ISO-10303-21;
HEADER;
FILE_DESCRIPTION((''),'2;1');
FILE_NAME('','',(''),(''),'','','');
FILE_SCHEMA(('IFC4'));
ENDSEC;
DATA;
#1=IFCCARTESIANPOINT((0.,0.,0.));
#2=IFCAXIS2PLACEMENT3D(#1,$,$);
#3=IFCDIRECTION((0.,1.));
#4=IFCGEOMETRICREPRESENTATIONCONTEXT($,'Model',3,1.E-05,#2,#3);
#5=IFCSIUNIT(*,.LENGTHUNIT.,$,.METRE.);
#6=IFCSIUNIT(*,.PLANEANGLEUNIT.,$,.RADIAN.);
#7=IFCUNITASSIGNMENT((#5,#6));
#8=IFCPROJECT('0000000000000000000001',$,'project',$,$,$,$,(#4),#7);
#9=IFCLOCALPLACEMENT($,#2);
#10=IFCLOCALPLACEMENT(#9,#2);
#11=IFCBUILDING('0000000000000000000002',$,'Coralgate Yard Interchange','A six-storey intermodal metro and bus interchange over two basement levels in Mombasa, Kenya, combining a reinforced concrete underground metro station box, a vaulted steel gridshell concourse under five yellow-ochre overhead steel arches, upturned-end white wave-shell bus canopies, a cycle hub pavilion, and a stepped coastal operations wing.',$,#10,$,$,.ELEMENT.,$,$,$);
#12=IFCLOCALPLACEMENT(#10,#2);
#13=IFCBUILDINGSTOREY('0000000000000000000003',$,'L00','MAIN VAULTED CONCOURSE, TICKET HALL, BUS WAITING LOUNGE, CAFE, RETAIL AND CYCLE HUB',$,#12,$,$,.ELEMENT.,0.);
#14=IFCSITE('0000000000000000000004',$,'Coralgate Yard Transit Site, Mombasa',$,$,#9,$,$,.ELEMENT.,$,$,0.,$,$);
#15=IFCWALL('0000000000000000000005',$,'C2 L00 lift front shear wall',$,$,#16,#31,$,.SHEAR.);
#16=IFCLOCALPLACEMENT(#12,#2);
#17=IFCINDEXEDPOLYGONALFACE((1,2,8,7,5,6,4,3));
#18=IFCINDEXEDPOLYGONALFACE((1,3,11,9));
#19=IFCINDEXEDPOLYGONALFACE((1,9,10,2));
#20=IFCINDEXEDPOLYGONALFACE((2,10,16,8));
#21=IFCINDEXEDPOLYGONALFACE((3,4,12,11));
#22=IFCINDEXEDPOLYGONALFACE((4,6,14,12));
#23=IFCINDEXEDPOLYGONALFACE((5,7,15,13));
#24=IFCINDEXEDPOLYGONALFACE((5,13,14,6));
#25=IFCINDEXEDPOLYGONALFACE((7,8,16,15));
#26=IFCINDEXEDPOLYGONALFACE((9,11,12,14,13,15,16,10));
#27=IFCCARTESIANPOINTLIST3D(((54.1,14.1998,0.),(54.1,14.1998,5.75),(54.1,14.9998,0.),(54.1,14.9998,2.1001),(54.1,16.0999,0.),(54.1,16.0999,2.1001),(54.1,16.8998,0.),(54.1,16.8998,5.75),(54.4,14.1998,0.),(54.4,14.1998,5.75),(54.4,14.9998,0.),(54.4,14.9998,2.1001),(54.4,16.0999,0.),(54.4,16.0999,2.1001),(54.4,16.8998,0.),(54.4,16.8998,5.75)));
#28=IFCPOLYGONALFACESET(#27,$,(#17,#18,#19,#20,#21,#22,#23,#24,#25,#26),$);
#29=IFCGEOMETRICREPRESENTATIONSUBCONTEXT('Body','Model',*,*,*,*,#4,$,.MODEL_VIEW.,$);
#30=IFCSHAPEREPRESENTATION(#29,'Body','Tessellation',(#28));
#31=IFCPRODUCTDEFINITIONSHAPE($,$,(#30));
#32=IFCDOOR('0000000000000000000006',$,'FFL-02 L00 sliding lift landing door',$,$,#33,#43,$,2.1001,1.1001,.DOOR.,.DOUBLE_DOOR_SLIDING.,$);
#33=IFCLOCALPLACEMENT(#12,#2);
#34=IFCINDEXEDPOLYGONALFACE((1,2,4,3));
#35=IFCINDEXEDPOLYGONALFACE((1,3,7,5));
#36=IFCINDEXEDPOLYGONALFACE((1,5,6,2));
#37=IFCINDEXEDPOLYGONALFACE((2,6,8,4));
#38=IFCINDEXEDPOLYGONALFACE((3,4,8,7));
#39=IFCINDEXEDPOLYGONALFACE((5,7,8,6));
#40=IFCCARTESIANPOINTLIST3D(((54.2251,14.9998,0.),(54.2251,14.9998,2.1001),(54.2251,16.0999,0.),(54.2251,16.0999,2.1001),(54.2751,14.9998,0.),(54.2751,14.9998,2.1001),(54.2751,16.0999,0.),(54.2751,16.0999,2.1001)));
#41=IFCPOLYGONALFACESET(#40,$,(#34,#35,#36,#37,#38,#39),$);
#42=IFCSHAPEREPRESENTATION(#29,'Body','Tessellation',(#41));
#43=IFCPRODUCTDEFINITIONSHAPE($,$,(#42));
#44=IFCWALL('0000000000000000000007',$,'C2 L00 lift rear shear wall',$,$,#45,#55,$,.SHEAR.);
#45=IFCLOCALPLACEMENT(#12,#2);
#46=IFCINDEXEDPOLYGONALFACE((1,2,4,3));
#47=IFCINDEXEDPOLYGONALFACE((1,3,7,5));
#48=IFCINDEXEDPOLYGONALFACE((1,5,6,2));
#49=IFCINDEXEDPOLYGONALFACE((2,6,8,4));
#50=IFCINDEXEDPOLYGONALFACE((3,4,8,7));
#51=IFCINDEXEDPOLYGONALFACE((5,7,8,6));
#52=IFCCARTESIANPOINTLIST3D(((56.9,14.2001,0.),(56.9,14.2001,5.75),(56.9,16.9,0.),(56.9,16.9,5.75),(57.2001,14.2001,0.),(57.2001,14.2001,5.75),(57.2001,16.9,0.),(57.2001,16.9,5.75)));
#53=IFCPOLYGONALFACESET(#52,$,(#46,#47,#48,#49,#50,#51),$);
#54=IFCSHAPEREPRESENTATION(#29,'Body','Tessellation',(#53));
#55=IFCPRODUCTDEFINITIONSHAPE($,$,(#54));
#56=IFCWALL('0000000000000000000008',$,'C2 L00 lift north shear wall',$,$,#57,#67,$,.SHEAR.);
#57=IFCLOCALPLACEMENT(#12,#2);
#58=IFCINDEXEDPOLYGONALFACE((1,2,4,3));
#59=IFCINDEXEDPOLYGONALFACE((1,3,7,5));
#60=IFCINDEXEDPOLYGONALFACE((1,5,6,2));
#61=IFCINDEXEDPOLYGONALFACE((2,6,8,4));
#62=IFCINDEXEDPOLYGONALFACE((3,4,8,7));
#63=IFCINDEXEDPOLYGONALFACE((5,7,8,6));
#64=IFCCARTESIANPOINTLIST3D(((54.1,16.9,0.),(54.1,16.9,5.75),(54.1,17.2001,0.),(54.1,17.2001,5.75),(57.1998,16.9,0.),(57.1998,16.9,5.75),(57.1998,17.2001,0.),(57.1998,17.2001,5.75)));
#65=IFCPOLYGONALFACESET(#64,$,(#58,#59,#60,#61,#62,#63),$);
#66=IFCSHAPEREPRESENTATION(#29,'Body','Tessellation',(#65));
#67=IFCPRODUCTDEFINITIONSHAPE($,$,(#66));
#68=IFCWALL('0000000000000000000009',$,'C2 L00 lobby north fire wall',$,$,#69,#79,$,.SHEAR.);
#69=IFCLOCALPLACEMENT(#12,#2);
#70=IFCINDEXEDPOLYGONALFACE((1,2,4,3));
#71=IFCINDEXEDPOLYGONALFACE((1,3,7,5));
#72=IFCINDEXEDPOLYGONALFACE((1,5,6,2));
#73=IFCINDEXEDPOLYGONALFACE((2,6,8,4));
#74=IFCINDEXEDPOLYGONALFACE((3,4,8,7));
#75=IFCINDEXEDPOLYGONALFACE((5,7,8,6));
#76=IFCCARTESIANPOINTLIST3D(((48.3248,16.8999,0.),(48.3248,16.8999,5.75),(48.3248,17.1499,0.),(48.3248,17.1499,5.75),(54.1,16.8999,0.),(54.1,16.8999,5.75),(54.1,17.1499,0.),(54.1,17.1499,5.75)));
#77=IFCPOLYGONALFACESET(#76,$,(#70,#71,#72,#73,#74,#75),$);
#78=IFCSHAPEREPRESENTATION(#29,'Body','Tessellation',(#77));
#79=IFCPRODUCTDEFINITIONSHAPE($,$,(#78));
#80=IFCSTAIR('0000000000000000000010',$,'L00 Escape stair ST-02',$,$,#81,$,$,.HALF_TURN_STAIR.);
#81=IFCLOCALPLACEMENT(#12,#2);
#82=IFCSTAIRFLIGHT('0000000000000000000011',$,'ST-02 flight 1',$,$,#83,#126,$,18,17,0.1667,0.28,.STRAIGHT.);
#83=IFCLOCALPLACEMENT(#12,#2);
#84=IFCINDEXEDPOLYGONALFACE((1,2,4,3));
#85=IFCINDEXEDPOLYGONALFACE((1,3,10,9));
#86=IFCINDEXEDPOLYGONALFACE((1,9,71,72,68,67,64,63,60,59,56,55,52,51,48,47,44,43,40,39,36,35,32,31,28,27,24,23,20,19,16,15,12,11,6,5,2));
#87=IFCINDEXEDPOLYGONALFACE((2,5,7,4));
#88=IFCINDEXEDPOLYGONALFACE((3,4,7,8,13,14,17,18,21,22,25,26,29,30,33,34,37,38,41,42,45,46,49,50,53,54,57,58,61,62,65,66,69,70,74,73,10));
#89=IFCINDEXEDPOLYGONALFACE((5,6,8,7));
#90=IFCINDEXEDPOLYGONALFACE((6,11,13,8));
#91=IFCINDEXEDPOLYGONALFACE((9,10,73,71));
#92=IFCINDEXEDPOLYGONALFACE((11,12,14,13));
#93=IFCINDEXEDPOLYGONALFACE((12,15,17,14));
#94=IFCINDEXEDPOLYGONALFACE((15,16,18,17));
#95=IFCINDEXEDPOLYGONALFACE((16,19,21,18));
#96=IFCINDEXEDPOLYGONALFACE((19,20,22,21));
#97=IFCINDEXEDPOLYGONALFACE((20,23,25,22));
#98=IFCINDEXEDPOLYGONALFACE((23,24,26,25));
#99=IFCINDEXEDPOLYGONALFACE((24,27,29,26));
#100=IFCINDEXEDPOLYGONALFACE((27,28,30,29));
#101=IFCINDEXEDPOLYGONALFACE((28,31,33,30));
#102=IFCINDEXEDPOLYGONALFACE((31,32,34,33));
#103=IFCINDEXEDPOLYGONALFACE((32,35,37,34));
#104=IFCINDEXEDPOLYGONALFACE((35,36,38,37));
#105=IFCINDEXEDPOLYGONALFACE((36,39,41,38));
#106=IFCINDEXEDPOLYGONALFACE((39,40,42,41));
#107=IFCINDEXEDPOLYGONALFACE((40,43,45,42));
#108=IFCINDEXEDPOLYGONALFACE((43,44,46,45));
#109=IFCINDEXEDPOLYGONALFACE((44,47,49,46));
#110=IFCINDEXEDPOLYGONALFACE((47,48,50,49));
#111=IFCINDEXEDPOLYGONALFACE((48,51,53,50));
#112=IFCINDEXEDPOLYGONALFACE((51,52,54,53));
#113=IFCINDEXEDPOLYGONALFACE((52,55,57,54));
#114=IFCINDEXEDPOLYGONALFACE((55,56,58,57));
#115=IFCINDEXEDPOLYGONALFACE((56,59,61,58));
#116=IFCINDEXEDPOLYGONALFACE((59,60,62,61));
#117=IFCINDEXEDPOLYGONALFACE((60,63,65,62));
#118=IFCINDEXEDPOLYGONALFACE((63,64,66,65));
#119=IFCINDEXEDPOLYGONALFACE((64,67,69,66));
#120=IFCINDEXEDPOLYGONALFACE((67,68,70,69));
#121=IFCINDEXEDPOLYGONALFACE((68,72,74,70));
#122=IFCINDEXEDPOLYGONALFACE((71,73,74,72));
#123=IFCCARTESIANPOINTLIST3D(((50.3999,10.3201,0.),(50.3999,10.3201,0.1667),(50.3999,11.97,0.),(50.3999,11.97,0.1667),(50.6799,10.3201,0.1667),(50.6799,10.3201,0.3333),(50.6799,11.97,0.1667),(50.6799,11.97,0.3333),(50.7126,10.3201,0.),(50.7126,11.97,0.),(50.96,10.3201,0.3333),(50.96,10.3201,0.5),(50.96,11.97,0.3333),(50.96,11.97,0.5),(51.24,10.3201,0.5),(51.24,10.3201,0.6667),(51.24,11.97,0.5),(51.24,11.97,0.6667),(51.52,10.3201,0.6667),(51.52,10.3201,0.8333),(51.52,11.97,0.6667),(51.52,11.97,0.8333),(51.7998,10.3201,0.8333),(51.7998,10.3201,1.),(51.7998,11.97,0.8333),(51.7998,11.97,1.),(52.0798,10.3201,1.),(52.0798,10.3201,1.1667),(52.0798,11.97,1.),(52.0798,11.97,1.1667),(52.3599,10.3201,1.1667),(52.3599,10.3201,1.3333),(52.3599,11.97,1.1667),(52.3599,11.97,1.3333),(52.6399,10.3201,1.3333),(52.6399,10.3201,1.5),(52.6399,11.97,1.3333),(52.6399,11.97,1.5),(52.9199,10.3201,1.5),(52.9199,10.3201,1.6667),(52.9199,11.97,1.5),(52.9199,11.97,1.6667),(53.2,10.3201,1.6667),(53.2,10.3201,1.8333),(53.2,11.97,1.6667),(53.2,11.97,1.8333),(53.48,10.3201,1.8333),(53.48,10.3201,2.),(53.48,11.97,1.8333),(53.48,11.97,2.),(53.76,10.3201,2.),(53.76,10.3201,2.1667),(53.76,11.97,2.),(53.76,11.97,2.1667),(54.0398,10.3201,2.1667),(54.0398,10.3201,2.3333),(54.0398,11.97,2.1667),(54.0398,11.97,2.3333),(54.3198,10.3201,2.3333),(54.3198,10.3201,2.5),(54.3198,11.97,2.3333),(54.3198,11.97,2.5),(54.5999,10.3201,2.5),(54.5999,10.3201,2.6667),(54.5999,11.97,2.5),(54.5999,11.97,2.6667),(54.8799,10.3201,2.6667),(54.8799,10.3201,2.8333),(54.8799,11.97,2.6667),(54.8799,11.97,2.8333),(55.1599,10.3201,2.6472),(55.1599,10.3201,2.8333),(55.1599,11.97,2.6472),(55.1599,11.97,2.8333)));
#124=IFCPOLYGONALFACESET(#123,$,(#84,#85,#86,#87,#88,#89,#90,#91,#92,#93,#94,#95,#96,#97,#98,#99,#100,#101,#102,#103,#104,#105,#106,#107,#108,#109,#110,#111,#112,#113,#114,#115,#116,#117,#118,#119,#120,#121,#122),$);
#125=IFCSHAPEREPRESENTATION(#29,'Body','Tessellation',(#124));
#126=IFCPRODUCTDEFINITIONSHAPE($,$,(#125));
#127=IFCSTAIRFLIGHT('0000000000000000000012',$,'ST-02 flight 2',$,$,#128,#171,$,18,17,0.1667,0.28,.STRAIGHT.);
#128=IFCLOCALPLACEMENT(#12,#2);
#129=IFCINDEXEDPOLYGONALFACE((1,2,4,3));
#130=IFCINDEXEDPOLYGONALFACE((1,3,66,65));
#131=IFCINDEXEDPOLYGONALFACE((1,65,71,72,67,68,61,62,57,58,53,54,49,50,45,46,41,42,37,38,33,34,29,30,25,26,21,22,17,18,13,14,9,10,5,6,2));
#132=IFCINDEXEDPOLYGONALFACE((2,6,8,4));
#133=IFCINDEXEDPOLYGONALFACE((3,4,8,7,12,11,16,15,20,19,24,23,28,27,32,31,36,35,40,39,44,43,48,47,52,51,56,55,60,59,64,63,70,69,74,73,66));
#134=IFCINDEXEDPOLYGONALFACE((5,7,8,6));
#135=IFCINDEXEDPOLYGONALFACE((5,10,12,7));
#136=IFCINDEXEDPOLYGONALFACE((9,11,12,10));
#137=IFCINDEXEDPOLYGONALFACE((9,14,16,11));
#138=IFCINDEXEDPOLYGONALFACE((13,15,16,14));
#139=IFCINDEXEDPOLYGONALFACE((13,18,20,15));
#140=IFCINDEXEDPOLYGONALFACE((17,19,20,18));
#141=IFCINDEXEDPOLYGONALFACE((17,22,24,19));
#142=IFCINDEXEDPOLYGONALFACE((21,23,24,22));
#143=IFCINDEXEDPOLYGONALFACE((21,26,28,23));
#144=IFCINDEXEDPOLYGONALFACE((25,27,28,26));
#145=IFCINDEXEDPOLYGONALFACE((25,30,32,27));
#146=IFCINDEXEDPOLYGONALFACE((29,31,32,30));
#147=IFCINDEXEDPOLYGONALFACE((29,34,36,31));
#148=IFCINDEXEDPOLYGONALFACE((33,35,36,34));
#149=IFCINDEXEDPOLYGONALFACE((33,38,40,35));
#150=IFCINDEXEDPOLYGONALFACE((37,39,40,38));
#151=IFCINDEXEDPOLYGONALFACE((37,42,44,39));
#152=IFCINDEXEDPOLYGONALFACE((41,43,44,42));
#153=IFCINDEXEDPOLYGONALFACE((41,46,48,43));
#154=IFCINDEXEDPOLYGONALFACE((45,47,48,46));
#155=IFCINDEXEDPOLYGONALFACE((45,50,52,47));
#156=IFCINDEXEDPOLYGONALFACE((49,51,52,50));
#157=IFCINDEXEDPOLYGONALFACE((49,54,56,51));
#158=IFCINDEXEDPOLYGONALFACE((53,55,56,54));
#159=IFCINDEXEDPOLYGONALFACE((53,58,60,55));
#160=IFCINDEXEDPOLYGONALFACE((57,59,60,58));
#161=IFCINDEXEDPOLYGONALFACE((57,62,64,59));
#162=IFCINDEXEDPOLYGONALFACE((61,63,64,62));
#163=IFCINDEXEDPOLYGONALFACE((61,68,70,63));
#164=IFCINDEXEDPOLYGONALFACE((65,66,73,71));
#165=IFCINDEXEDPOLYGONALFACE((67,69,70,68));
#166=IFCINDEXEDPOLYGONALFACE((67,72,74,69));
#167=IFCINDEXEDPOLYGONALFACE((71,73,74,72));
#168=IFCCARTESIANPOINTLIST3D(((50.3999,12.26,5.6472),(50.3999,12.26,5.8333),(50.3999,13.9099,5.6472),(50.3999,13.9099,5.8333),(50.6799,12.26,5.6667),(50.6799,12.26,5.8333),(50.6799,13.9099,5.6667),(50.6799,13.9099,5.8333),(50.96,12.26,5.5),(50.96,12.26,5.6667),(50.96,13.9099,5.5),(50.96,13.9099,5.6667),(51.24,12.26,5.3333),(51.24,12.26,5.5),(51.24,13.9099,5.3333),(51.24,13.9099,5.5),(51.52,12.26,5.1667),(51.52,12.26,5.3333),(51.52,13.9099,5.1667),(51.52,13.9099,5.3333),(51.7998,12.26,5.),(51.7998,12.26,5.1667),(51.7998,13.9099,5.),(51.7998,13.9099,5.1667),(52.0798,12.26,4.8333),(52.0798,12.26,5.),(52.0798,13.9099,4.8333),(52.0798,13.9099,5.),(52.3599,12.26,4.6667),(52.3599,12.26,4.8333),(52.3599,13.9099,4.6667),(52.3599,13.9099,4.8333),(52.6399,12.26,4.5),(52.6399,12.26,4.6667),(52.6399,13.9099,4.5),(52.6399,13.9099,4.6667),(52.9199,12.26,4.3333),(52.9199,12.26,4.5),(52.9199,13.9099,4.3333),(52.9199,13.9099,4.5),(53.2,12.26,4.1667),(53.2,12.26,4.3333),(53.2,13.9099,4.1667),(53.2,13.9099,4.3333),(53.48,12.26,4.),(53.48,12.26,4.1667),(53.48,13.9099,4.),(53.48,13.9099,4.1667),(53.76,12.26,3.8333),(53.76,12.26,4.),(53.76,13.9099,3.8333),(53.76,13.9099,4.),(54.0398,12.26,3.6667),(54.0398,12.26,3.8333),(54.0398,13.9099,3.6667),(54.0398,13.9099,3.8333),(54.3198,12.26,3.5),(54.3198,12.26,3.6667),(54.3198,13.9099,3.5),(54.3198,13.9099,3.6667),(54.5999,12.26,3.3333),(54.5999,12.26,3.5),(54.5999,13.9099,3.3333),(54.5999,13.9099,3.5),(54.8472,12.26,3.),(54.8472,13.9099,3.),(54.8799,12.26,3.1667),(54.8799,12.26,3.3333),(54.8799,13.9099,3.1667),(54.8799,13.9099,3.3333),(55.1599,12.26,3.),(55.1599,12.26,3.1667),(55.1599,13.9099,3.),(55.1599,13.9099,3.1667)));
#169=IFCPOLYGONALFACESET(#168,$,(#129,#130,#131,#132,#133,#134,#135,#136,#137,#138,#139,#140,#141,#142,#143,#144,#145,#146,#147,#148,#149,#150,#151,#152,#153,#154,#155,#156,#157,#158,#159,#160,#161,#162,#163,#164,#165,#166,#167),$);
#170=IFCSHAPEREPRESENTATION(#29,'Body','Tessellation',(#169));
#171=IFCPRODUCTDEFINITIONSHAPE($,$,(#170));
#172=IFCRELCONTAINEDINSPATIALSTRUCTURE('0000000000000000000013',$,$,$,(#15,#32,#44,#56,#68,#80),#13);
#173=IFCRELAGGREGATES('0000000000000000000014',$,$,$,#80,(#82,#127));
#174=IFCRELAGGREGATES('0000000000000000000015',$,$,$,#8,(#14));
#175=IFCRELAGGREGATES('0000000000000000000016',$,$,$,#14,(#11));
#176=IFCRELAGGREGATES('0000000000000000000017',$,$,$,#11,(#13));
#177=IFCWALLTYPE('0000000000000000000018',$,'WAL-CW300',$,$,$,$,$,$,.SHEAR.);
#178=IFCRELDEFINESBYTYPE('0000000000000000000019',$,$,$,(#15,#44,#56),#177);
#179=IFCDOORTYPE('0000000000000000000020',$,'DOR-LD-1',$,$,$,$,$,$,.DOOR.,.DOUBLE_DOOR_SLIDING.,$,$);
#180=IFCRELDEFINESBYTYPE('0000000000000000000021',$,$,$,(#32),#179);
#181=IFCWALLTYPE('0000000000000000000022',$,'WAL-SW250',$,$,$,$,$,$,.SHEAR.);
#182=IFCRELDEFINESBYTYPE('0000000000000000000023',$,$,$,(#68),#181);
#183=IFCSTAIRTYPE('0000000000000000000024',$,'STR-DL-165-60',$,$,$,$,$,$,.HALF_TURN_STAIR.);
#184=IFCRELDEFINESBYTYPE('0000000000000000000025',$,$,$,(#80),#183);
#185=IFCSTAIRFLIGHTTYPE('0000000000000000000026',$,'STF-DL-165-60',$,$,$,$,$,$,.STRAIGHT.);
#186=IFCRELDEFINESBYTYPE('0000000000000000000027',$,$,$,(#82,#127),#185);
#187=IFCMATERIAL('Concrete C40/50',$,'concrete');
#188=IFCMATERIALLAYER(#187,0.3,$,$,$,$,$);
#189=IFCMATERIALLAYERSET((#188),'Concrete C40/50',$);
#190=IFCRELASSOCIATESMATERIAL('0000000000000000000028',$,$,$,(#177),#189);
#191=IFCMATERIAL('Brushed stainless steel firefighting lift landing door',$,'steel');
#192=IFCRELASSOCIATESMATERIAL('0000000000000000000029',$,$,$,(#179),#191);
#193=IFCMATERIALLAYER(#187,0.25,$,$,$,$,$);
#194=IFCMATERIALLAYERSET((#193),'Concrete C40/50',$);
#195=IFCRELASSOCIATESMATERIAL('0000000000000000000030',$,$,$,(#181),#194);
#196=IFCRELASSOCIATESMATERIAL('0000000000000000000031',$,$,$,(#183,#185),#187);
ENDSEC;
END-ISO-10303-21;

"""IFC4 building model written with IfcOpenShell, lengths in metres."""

from ifc_helpers import new_model, si_unit, direction, frame, frame_2d, origin, place, context, subcontext, project, spatial, polyline, rectangle, outline, extrude, material, layer, layer_set, type_object, element, fill, aggregate, save


model = new_model("IFC4")

# Units and contexts
model_context = context("Model", 3, precision=1e-05, world=origin(), true_north=direction((0.0, 1.0)))
body_context = subcontext(model_context, "Body", "Model", "MODEL_VIEW")
ifc_project = project(units=[si_unit("LENGTHUNIT", "METRE"), si_unit("PLANEANGLEUNIT", "RADIAN")], contexts=[model_context])

# Site, building, storey
site_placement = place(None, origin())
site = spatial("IfcSite", under=ifc_project, at=site_placement, Name="Coralgate Yard Transit Site, Mombasa", CompositionType="ELEMENT", RefElevation=0.0)
building_placement = place(site_placement, origin())
building = spatial("IfcBuilding", under=site, at=building_placement, Name="Coralgate Yard Interchange", Description="A six-storey intermodal metro and bus interchange over two basement levels in Mombasa, Kenya, combining a reinforced concrete underground metro station box, a vaulted steel gridshell concourse under five yellow-ochre overhead steel arches, upturned-end white wave-shell bus canopies, a cycle hub pavilion, and a stepped coastal operations wing.", CompositionType="ELEMENT")
storey_placement = place(building_placement, origin())
storey = spatial("IfcBuildingStorey", under=building, at=storey_placement, Name="L00", Description="MAIN VAULTED CONCOURSE, TICKET HALL, BUS WAITING LOUNGE, CAFE, RETAIL AND CYCLE HUB", CompositionType="ELEMENT", Elevation=0.0)

# Shared definitions
ifc_material_1 = material(Name="Concrete C40/50", Category="concrete")

# Shared definitions
ifc_layer_1 = layer(ifc_material_1, 0.3)
ifc_layer_set_1 = layer_set([ifc_layer_1], Name="Concrete C40/50")
wall_type_1 = type_object("IfcWallType", Name="WAL-CW300", PredefinedType="SHEAR", material=ifc_layer_set_1)

# Wall, opening, door
wall_1_placement = place(storey_placement, frame((54.25, 16.8999, 0.0), z_axis=(0.0, 0.0, 1.0), x_axis=(0.0, -1.0, 0.0)))
wall_1 = element("IfcWall", 1, at=wall_1_placement, inside=storey, type_object=wall_type_1, Name="C2 L00 lift front shear wall", PredefinedType="SHEAR", context=body_context, shape_type="SweptSolid", body=[
    extrude(rectangle(XDim=2.7, YDim=0.3, at=frame_2d((1.3501, 0.0))), origin(), (0.0, 0.0, 1.0), 5.75),
])
opening_1_placement = place(wall_1_placement, frame((0.8, 0.0, 0.0)))
opening_1 = element("IfcOpeningElement", 2, at=opening_1_placement, cuts=wall_1, PredefinedType="OPENING", context=body_context, shape_type="SweptSolid", body=[
    extrude(rectangle(XDim=1.1001, YDim=2.1001, at=frame_2d((0.55, 1.05))), frame((0.0, 0.1599, 0.0), z_axis=(0.0, -1.0, 0.0), x_axis=(1.0, 0.0, 0.0)), (0.0, 0.0, 1.0), 0.3201),
])
ifc_material_2 = material(Name="Brushed stainless steel firefighting lift landing door", Category="steel")
door_type_1 = type_object("IfcDoorType", Name="DOR-LD-1", OperationType="DOUBLE_DOOR_SLIDING", PredefinedType="DOOR", material=ifc_material_2)
door_1_placement = place(opening_1_placement, frame((1.1001, 0.0, 0.0), z_axis=(0.0, 0.0, 1.0), x_axis=(-1.0, 0.0, 0.0)))
door_1 = element("IfcDoor", 3, at=door_1_placement, inside=storey, type_object=door_type_1, Name="FFL-02 L00 sliding lift landing door", OperationType="DOUBLE_DOOR_SLIDING", OverallHeight=2.1001, OverallWidth=1.1001, PredefinedType="DOOR", context=body_context, shape_type="SweptSolid", body=[
    extrude(rectangle(XDim=1.1001, YDim=2.1001, at=frame_2d((0.55, 1.05))), frame((0.0, 0.0249, 0.0), z_axis=(0.0, -1.0, 0.0), x_axis=(1.0, 0.0, 0.0)), (0.0, 0.0, 1.0), 0.05),
])
fill(opening_1, door_1)

# Walls
wall_2_placement = place(storey_placement, frame((57.05, 14.2, 0.0), z_axis=(0.0, 0.0, 1.0), x_axis=(0.0, 1.0, 0.0)))
element("IfcWall", 4, at=wall_2_placement, inside=storey, type_object=wall_type_1, Name="C2 L00 lift rear shear wall", PredefinedType="SHEAR", context=body_context, shape_type="SweptSolid", body=[
    extrude(rectangle(XDim=2.7, YDim=0.3, at=frame_2d((1.3501, 0.0))), origin(), (0.0, 0.0, 1.0), 5.75),
])
wall_3_placement = place(storey_placement, frame((54.1001, 17.05, 0.0), z_axis=(0.0, 0.0, 1.0), x_axis=(1.0, 0.0, 0.0)))
element("IfcWall", 5, at=wall_3_placement, inside=storey, type_object=wall_type_1, Name="C2 L00 lift north shear wall", PredefinedType="SHEAR", context=body_context, shape_type="SweptSolid", body=[
    extrude(rectangle(XDim=3.0999, YDim=0.3, at=frame_2d((1.5498, 0.0))), origin(), (0.0, 0.0, 1.0), 5.75),
])
ifc_layer_2 = layer(ifc_material_1, 0.25)
ifc_layer_set_2 = layer_set([ifc_layer_2], Name="Concrete C40/50")
wall_type_2 = type_object("IfcWallType", Name="WAL-SW250", PredefinedType="SHEAR", material=ifc_layer_set_2)
wall_4_placement = place(storey_placement, frame((54.1001, 17.0249, 0.0), z_axis=(0.0, 0.0, 1.0), x_axis=(-1.0, 0.0, 0.0)))
element("IfcWall", 6, at=wall_4_placement, inside=storey, type_object=wall_type_2, Name="C2 L00 lobby north fire wall", PredefinedType="SHEAR", context=body_context, shape_type="SweptSolid", body=[
    extrude(rectangle(XDim=5.7751, YDim=0.25, at=frame_2d((2.8877, 0.0))), origin(), (0.0, 0.0, 1.0), 5.75),
])

# Stair, stair flights
stair_type = type_object("IfcStairType", Name="STR-DL-165-60", PredefinedType="HALF_TURN_STAIR", material=ifc_material_1)
stair_placement = place(storey_placement, origin())
stair = element("IfcStair", 7, at=stair_placement, inside=storey, type_object=stair_type, Name="L00 Escape stair ST-02", PredefinedType="HALF_TURN_STAIR")
stair_flight_type = type_object("IfcStairFlightType", Name="STF-DL-165-60", PredefinedType="STRAIGHT", material=ifc_material_1)
stair_flight_1_placement = place(storey_placement, frame((50.3999, 11.145, 0.0), z_axis=(0.0, 0.0, 1.0), x_axis=(1.0, 0.0, 0.0)))
stair_flight_1 = element("IfcStairFlight", 8, at=stair_flight_1_placement, type_object=stair_flight_type, Name="ST-02 flight 1", NumberOfRisers=18, NumberOfTreads=17, PredefinedType="STRAIGHT", RiserHeight=0.1667, TreadLength=0.28, context=body_context, shape_type="SweptSolid", body=[
    extrude(outline(polyline([(0.0, 0.0), (0.0, 0.1667), (0.28, 0.1667), (0.28, 0.3333), (0.5601, 0.3333), (0.5601, 0.5), (0.8401, 0.5), (0.8401, 0.6667), (1.1201, 0.6667), (1.1201, 0.8333), (1.3999, 0.8333), (1.3999, 1.0), (1.6799, 1.0), (1.6799, 1.1667), (1.96, 1.1667), (1.96, 1.3333), (2.24, 1.3333), (2.24, 1.5), (2.52, 1.5), (2.52, 1.6667), (2.8, 1.6667), (2.8, 1.8333), (3.0801, 1.8333), (3.0801, 2.0), (3.3601, 2.0), (3.3601, 2.1667), (3.6399, 2.1667), (3.6399, 2.3333), (3.9199, 2.3333), (3.9199, 2.5), (4.2, 2.5), (4.2, 2.6667), (4.48, 2.6667), (4.48, 2.8333), (4.76, 2.8333), (4.76, 3.0), (4.76, 2.6472), (0.3127, 0.0), (0.0, 0.0)])), frame((0.0, 0.825, 0.0), z_axis=(0.0, -1.0, 0.0), x_axis=(1.0, 0.0, 0.0)), (0.0, 0.0, 1.0), 1.6499),
])
stair_flight_2_placement = place(storey_placement, frame((55.1599, 13.085, 3.0), z_axis=(0.0, 0.0, 1.0), x_axis=(-1.0, 0.0, 0.0)))
stair_flight_2 = element("IfcStairFlight", 9, at=stair_flight_2_placement, type_object=stair_flight_type, Name="ST-02 flight 2", NumberOfRisers=18, NumberOfTreads=17, PredefinedType="STRAIGHT", RiserHeight=0.1667, TreadLength=0.28, context=body_context, shape_type="SweptSolid", body=[
    extrude(outline(polyline([(0.0, 0.0), (0.0, 0.1667), (0.28, 0.1667), (0.28, 0.3333), (0.5601, 0.3333), (0.5601, 0.5), (0.8401, 0.5), (0.8401, 0.6667), (1.1201, 0.6667), (1.1201, 0.8333), (1.3999, 0.8333), (1.3999, 1.0), (1.6799, 1.0), (1.6799, 1.1667), (1.96, 1.1667), (1.96, 1.3333), (2.24, 1.3333), (2.24, 1.5), (2.52, 1.5), (2.52, 1.6667), (2.8, 1.6667), (2.8, 1.8333), (3.0801, 1.8333), (3.0801, 2.0), (3.3601, 2.0), (3.3601, 2.1667), (3.6399, 2.1667), (3.6399, 2.3333), (3.9199, 2.3333), (3.9199, 2.5), (4.2, 2.5), (4.2, 2.6667), (4.48, 2.6667), (4.48, 2.8333), (4.76, 2.8333), (4.76, 3.0), (4.76, 2.6472), (0.3127, 0.0), (0.0, 0.0)])), frame((0.0, 0.825, 0.0), z_axis=(0.0, -1.0, 0.0), x_axis=(1.0, 0.0, 0.0)), (0.0, 0.0, 1.0), 1.6499),
])
aggregate(stair, [stair_flight_1, stair_flight_2])

save(model, "model.ifc")
